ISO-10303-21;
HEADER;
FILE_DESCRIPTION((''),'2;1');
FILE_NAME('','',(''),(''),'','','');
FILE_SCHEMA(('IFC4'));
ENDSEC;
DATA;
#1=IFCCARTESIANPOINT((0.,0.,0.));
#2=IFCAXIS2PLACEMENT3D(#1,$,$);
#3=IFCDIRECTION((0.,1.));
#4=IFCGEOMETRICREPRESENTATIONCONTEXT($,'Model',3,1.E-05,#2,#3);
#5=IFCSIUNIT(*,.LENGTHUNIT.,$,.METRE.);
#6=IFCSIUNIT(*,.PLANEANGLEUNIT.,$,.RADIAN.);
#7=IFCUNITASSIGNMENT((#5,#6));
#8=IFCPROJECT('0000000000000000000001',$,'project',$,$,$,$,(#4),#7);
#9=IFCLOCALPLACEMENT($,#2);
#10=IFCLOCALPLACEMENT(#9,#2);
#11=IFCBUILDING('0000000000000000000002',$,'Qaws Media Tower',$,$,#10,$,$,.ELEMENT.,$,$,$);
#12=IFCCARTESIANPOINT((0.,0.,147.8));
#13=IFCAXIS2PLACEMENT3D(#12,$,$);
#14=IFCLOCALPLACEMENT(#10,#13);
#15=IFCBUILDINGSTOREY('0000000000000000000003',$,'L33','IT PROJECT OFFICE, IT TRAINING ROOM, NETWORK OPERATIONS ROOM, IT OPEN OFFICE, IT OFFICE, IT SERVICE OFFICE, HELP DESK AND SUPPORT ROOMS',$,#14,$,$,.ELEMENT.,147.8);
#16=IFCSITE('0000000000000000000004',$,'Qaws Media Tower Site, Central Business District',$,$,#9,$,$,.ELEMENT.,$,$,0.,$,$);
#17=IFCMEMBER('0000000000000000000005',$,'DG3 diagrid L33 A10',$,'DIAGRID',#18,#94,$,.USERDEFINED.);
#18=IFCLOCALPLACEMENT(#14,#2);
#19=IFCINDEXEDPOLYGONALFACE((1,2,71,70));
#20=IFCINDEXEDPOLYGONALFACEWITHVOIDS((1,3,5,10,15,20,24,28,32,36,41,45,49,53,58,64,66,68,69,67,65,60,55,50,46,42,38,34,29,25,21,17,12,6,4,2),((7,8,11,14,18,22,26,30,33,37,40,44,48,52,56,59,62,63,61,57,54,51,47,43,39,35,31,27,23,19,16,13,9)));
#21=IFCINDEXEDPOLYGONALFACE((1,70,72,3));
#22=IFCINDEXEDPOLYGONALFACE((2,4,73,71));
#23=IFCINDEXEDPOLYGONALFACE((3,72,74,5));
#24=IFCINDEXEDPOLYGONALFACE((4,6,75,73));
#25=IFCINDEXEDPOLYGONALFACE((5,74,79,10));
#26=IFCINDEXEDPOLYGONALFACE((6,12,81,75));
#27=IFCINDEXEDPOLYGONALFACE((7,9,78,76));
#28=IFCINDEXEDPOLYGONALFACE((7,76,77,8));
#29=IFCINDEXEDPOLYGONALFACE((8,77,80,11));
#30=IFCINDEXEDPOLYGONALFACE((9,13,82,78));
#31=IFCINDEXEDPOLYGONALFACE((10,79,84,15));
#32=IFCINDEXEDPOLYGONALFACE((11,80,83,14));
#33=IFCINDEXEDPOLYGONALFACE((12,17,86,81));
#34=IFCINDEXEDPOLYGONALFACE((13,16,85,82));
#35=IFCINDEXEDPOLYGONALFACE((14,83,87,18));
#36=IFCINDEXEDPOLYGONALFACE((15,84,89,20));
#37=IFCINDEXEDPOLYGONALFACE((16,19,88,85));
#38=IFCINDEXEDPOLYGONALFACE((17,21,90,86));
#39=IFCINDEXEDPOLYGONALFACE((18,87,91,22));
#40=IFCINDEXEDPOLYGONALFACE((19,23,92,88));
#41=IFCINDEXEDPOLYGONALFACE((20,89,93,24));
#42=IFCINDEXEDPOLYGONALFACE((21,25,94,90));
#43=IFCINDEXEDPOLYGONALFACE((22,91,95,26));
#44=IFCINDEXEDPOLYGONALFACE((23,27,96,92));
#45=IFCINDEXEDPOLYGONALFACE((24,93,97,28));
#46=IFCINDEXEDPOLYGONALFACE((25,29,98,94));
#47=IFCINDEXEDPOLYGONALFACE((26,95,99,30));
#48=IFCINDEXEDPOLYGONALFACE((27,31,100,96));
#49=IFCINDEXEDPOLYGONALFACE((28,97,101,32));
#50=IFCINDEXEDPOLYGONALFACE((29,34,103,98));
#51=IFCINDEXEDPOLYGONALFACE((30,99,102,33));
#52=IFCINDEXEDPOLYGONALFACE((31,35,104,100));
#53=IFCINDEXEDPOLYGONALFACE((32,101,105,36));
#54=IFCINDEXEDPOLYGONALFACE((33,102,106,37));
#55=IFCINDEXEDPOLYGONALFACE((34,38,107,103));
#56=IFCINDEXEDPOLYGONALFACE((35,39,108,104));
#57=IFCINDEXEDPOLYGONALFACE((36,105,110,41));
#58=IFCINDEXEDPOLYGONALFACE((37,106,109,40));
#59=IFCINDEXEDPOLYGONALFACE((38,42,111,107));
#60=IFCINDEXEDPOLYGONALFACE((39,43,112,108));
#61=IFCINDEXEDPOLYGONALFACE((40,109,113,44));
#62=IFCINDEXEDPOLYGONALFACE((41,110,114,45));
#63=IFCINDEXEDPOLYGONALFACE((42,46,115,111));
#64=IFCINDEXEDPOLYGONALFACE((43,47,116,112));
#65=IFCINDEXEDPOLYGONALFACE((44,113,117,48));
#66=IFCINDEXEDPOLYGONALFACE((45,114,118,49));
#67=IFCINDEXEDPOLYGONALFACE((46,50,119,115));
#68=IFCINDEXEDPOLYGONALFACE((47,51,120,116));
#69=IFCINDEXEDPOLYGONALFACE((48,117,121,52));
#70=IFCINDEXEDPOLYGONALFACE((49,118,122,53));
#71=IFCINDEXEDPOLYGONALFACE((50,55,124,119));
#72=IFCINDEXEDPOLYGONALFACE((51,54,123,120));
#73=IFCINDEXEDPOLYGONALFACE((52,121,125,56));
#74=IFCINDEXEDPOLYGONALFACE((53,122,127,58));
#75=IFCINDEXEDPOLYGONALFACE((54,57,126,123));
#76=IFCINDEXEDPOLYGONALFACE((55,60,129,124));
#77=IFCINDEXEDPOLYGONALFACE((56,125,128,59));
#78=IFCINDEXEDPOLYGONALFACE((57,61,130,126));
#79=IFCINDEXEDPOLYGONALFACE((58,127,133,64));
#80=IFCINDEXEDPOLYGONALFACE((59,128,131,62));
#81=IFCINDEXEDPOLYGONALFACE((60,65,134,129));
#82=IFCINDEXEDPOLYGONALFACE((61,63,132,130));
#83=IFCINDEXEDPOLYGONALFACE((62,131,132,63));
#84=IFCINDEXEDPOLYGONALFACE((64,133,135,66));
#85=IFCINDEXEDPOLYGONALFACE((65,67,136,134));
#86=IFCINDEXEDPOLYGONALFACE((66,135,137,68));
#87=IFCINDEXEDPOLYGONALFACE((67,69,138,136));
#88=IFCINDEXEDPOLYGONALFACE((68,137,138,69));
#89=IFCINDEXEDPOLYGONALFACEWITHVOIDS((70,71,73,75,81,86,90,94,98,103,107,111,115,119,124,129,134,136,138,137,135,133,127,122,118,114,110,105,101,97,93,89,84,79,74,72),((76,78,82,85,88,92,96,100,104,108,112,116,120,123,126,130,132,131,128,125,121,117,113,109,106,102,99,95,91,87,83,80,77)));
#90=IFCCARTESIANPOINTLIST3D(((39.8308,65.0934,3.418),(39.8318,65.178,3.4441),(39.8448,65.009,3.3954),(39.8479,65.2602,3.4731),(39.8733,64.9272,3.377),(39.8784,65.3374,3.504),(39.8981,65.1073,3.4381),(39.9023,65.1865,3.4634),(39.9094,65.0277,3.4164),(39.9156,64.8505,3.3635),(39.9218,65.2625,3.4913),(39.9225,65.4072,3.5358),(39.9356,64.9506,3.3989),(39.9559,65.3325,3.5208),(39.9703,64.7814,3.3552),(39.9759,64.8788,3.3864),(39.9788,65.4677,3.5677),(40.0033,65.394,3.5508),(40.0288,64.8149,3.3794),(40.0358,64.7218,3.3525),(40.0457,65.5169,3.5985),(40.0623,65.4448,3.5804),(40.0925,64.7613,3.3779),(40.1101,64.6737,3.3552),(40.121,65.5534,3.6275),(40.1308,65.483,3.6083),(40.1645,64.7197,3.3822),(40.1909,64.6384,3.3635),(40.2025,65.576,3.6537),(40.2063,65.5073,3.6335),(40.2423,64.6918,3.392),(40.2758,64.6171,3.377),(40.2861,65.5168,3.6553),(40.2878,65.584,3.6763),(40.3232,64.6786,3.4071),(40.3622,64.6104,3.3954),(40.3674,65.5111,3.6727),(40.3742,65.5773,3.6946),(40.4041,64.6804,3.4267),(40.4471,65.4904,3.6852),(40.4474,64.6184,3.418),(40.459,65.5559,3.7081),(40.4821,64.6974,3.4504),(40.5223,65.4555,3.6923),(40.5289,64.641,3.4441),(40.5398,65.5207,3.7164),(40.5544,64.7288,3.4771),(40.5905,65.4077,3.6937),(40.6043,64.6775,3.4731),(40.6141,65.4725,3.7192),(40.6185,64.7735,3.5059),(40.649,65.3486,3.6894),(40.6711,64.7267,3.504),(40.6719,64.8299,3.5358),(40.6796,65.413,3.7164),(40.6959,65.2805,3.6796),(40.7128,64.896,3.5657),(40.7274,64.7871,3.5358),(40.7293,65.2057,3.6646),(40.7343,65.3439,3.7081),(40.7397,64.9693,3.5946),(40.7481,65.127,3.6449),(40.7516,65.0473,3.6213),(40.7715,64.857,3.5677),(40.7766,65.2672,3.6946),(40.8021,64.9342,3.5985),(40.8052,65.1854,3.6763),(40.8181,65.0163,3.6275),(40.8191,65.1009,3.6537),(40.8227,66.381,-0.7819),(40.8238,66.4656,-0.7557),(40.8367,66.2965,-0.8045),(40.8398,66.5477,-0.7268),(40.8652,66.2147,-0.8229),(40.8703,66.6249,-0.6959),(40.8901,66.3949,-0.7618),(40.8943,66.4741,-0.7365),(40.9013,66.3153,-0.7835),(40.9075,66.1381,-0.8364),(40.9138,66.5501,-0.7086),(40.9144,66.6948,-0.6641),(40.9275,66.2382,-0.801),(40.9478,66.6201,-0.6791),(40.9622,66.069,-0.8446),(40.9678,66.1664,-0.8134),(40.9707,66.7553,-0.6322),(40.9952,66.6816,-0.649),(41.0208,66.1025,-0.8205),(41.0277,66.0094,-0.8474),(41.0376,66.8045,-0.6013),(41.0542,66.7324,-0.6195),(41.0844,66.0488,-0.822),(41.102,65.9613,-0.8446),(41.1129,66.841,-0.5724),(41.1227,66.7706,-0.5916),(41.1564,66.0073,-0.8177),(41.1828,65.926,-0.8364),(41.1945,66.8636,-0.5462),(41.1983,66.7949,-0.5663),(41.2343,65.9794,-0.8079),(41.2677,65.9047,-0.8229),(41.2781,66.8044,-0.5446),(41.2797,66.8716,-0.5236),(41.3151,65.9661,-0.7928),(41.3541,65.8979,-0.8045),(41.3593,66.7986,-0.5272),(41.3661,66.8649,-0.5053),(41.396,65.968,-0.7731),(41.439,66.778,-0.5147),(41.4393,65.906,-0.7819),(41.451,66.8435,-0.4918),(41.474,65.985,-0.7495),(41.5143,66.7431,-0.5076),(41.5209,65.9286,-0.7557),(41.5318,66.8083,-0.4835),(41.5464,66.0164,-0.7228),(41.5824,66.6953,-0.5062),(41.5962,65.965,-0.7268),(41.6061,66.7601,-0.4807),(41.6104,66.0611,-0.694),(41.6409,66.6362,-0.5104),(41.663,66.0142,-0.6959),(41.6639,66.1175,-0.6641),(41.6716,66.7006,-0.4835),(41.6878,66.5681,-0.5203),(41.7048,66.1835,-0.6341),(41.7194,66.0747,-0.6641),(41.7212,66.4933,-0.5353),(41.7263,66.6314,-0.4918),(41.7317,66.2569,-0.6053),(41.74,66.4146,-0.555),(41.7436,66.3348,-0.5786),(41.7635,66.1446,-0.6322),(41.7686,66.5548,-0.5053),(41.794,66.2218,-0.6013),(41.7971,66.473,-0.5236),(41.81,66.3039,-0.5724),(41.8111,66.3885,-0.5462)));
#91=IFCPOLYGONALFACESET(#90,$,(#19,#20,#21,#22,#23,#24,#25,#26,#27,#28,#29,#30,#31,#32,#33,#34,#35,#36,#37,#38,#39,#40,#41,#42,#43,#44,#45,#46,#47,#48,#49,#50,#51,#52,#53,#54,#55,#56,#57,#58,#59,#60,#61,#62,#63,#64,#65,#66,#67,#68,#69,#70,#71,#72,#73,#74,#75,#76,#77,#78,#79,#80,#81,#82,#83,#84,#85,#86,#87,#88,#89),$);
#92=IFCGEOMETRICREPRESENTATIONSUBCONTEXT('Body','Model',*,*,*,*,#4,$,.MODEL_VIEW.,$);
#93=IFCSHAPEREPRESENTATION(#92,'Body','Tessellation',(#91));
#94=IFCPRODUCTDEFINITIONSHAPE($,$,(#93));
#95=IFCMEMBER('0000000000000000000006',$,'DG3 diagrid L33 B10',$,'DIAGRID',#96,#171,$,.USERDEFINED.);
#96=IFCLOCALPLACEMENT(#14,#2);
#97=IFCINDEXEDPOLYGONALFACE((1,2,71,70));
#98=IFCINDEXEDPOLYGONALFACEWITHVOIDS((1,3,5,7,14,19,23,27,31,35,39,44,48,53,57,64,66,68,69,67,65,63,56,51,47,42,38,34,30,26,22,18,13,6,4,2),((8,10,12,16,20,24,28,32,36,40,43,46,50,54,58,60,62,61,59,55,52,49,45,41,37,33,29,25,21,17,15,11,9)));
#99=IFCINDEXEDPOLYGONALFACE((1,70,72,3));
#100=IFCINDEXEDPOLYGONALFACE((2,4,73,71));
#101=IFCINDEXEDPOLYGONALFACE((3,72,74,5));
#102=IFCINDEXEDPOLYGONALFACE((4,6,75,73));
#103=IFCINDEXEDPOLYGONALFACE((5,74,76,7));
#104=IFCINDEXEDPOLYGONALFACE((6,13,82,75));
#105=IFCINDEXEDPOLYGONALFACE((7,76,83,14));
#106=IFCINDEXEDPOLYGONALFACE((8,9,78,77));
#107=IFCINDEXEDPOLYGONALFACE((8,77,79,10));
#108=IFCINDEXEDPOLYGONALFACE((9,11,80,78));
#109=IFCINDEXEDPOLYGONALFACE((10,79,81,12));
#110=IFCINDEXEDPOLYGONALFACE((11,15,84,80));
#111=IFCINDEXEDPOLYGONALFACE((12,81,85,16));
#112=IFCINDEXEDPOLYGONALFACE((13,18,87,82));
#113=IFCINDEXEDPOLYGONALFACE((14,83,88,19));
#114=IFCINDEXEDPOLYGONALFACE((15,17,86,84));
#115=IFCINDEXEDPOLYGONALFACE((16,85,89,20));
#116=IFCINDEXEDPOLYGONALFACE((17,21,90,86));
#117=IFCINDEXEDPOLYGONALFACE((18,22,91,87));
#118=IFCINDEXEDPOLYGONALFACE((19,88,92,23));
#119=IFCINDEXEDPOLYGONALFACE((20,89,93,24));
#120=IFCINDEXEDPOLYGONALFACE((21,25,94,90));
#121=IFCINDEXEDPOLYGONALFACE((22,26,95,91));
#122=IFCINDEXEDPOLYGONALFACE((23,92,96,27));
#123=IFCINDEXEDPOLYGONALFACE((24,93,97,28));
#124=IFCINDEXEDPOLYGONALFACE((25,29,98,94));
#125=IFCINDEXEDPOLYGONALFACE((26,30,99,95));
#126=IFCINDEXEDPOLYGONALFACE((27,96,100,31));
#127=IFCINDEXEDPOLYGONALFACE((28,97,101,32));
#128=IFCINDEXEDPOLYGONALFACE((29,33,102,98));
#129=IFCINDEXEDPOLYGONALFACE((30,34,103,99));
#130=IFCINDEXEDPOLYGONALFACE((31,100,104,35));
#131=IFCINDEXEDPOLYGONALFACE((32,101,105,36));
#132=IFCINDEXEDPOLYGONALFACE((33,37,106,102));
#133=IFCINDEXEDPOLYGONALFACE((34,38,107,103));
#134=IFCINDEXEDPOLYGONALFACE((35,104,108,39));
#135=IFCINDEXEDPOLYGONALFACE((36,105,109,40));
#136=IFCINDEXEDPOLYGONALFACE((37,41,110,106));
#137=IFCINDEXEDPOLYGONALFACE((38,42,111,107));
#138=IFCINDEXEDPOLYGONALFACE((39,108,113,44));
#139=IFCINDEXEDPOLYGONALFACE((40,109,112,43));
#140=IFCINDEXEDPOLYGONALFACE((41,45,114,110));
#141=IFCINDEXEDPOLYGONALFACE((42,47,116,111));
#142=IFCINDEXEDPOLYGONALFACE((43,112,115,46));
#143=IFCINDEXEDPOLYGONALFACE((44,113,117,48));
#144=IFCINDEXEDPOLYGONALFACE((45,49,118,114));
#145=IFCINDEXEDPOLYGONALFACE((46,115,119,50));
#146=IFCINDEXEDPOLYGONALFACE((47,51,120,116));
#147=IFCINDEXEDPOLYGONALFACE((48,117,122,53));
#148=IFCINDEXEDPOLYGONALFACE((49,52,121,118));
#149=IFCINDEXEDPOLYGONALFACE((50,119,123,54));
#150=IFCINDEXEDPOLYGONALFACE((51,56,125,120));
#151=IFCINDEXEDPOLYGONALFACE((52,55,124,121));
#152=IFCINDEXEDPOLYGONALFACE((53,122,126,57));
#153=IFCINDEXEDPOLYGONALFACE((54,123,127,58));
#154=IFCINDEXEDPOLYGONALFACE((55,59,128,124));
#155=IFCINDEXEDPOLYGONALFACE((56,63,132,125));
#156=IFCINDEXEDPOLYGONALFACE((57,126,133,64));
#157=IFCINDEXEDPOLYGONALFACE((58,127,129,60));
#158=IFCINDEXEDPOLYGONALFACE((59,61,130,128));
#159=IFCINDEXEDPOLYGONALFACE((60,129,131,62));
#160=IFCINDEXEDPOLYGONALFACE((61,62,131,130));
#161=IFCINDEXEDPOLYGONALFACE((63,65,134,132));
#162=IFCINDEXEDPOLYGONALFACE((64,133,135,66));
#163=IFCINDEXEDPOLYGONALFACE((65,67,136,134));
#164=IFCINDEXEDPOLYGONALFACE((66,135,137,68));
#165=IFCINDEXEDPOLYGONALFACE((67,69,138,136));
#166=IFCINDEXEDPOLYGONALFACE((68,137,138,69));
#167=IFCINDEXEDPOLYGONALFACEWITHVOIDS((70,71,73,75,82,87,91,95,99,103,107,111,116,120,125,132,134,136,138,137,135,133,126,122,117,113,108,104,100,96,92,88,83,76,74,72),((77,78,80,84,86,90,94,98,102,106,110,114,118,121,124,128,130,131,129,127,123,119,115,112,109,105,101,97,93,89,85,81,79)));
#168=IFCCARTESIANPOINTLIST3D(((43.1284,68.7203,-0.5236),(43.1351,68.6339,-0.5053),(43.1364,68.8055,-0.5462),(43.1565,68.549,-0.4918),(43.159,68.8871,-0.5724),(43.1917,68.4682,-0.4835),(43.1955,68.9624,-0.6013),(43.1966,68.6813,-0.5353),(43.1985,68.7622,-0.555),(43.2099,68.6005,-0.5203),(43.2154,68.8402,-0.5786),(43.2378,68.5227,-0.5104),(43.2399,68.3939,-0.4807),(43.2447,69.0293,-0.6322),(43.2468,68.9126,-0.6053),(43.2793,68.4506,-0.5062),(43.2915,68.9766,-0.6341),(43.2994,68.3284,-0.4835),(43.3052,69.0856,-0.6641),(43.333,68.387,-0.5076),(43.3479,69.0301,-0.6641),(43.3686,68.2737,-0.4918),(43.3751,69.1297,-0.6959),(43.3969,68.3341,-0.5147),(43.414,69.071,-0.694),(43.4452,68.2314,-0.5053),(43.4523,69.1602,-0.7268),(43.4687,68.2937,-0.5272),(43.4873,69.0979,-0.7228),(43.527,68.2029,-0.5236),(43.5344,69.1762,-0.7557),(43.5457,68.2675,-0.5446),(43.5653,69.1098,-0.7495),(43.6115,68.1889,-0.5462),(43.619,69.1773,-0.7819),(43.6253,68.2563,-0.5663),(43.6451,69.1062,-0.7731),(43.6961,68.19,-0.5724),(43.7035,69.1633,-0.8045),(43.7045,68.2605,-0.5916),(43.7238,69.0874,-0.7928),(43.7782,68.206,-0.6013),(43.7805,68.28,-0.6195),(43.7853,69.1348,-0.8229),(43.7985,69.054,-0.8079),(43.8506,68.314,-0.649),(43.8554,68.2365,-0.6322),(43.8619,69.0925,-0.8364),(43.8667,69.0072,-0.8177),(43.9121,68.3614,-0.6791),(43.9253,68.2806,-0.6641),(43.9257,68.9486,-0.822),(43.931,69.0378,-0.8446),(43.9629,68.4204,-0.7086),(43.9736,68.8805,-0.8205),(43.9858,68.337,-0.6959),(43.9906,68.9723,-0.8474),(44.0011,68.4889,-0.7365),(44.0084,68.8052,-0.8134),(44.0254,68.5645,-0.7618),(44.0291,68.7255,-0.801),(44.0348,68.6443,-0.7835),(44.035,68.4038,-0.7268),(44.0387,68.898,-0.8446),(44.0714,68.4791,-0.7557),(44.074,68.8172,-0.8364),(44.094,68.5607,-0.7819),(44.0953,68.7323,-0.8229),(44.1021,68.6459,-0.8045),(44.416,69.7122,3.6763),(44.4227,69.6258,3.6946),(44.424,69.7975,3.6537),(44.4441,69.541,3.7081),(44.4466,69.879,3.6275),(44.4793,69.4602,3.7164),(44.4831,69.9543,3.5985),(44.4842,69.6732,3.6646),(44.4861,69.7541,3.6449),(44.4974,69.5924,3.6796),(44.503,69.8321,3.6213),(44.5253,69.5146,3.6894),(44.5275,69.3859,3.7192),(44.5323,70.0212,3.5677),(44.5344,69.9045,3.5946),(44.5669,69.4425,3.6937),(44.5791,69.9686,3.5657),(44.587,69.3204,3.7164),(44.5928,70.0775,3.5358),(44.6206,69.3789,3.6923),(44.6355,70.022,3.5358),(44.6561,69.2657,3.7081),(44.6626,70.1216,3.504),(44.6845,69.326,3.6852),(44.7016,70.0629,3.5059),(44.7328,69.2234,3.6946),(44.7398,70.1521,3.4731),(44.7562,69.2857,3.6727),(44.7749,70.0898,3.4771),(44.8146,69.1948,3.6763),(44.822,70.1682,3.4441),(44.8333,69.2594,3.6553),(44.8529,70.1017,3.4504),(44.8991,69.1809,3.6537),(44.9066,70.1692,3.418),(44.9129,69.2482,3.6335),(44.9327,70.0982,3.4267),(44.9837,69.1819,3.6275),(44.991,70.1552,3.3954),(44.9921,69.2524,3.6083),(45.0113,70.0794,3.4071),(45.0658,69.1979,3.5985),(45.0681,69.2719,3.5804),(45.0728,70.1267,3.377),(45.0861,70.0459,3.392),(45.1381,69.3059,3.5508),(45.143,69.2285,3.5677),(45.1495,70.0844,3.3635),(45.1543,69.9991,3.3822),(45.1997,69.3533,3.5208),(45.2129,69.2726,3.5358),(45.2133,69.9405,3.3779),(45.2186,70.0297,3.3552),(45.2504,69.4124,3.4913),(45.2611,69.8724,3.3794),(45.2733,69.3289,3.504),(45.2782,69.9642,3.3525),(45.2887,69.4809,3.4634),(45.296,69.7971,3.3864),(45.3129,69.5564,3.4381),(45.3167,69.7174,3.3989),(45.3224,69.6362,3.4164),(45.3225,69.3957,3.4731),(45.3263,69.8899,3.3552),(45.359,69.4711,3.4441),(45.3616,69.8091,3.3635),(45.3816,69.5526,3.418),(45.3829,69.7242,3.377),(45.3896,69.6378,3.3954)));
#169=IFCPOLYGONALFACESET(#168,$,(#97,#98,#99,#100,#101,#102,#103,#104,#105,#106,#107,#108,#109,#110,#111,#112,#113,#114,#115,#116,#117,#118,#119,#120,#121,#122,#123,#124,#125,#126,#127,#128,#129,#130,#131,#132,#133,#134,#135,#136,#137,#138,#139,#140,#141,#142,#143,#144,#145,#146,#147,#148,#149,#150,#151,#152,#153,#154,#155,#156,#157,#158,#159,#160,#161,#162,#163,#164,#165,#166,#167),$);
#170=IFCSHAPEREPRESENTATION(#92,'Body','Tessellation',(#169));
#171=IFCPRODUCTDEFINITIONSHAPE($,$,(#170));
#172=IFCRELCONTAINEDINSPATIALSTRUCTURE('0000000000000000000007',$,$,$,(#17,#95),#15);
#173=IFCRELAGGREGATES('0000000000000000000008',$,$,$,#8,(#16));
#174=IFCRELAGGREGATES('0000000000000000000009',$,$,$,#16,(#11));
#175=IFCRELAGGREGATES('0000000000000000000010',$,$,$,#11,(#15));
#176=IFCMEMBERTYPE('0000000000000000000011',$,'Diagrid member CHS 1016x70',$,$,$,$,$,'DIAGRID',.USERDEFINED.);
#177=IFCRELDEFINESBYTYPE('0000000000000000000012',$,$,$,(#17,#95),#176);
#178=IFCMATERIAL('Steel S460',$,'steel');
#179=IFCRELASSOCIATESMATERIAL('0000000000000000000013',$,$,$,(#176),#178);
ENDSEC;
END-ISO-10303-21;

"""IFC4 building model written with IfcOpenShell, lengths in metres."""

from ifc_helpers import new_model, si_unit, direction, frame, origin, origin_2d, place, context, subcontext, project, spatial, hollow_circle, extrude, material, material_profile, profile_set, type_object, element, save


model = new_model("IFC4")

# Units and contexts
model_context = context("Model", 3, precision=1e-05, world=origin(), true_north=direction((0.0, 1.0)))
body_context = subcontext(model_context, "Body", "Model", "MODEL_VIEW")
ifc_project = project(units=[si_unit("LENGTHUNIT", "METRE"), si_unit("PLANEANGLEUNIT", "RADIAN")], contexts=[model_context])

# Site, building, storey
site_placement = place(None, origin())
site = spatial("IfcSite", under=ifc_project, at=site_placement, Name="Qaws Media Tower Site, Central Business District", CompositionType="ELEMENT", RefElevation=0.0)
building_placement = place(site_placement, origin())
building = spatial("IfcBuilding", under=site, at=building_placement, Name="Qaws Media Tower", CompositionType="ELEMENT")
storey_placement = place(building_placement, frame((0.0, 0.0, 147.8)))
storey = spatial("IfcBuildingStorey", under=building, at=storey_placement, Name="L33", Description="IT PROJECT OFFICE, IT TRAINING ROOM, NETWORK OPERATIONS ROOM, IT OPEN OFFICE, IT OFFICE, IT SERVICE OFFICE, HELP DESK AND SUPPORT ROOMS", CompositionType="ELEMENT", Elevation=147.8)

# Members
ifc_material_1 = material(Name="Steel S460", Category="steel")
ifc_material_profile_1 = material_profile(ifc_material_1, hollow_circle(Radius=0.5081, WallThickness=0.0701, at=origin_2d()), Name="CHS 1016x70")
ifc_profile_set_1 = profile_set([ifc_material_profile_1], Name="Steel S460")
member_type_1 = type_object("IfcMemberType", Name="Diagrid member CHS 1016x70", ElementType="DIAGRID", PredefinedType="USERDEFINED", material=ifc_profile_set_1)
for number, where, z_axis, x_axis, name in (
    (1, (41.3169, 66.3848, -0.6641), (-0.220261, -0.285911, 0.932599), (0.792183, -0.610284, 0.0), "DG3 diagrid L33 A10"),
    (2, (43.6152, 68.6831, -0.6641), (0.285911, 0.220261, 0.932599), (-0.610284, 0.792183, 0.0), "DG3 diagrid L33 B10"),
):
    element("IfcMember", number, at=place(storey_placement, frame(where, z_axis=z_axis, x_axis=x_axis)), inside=storey, type_object=member_type_1, Name=name, ObjectType="DIAGRID", PredefinedType="USERDEFINED", context=body_context, shape_type="SweptSolid", body=[
        extrude(hollow_circle(Radius=0.5081, WallThickness=0.0701, at=origin_2d()), origin(), (0.0, 0.0, 1.0), 4.5034),
    ])

save(model, "model.ifc")
